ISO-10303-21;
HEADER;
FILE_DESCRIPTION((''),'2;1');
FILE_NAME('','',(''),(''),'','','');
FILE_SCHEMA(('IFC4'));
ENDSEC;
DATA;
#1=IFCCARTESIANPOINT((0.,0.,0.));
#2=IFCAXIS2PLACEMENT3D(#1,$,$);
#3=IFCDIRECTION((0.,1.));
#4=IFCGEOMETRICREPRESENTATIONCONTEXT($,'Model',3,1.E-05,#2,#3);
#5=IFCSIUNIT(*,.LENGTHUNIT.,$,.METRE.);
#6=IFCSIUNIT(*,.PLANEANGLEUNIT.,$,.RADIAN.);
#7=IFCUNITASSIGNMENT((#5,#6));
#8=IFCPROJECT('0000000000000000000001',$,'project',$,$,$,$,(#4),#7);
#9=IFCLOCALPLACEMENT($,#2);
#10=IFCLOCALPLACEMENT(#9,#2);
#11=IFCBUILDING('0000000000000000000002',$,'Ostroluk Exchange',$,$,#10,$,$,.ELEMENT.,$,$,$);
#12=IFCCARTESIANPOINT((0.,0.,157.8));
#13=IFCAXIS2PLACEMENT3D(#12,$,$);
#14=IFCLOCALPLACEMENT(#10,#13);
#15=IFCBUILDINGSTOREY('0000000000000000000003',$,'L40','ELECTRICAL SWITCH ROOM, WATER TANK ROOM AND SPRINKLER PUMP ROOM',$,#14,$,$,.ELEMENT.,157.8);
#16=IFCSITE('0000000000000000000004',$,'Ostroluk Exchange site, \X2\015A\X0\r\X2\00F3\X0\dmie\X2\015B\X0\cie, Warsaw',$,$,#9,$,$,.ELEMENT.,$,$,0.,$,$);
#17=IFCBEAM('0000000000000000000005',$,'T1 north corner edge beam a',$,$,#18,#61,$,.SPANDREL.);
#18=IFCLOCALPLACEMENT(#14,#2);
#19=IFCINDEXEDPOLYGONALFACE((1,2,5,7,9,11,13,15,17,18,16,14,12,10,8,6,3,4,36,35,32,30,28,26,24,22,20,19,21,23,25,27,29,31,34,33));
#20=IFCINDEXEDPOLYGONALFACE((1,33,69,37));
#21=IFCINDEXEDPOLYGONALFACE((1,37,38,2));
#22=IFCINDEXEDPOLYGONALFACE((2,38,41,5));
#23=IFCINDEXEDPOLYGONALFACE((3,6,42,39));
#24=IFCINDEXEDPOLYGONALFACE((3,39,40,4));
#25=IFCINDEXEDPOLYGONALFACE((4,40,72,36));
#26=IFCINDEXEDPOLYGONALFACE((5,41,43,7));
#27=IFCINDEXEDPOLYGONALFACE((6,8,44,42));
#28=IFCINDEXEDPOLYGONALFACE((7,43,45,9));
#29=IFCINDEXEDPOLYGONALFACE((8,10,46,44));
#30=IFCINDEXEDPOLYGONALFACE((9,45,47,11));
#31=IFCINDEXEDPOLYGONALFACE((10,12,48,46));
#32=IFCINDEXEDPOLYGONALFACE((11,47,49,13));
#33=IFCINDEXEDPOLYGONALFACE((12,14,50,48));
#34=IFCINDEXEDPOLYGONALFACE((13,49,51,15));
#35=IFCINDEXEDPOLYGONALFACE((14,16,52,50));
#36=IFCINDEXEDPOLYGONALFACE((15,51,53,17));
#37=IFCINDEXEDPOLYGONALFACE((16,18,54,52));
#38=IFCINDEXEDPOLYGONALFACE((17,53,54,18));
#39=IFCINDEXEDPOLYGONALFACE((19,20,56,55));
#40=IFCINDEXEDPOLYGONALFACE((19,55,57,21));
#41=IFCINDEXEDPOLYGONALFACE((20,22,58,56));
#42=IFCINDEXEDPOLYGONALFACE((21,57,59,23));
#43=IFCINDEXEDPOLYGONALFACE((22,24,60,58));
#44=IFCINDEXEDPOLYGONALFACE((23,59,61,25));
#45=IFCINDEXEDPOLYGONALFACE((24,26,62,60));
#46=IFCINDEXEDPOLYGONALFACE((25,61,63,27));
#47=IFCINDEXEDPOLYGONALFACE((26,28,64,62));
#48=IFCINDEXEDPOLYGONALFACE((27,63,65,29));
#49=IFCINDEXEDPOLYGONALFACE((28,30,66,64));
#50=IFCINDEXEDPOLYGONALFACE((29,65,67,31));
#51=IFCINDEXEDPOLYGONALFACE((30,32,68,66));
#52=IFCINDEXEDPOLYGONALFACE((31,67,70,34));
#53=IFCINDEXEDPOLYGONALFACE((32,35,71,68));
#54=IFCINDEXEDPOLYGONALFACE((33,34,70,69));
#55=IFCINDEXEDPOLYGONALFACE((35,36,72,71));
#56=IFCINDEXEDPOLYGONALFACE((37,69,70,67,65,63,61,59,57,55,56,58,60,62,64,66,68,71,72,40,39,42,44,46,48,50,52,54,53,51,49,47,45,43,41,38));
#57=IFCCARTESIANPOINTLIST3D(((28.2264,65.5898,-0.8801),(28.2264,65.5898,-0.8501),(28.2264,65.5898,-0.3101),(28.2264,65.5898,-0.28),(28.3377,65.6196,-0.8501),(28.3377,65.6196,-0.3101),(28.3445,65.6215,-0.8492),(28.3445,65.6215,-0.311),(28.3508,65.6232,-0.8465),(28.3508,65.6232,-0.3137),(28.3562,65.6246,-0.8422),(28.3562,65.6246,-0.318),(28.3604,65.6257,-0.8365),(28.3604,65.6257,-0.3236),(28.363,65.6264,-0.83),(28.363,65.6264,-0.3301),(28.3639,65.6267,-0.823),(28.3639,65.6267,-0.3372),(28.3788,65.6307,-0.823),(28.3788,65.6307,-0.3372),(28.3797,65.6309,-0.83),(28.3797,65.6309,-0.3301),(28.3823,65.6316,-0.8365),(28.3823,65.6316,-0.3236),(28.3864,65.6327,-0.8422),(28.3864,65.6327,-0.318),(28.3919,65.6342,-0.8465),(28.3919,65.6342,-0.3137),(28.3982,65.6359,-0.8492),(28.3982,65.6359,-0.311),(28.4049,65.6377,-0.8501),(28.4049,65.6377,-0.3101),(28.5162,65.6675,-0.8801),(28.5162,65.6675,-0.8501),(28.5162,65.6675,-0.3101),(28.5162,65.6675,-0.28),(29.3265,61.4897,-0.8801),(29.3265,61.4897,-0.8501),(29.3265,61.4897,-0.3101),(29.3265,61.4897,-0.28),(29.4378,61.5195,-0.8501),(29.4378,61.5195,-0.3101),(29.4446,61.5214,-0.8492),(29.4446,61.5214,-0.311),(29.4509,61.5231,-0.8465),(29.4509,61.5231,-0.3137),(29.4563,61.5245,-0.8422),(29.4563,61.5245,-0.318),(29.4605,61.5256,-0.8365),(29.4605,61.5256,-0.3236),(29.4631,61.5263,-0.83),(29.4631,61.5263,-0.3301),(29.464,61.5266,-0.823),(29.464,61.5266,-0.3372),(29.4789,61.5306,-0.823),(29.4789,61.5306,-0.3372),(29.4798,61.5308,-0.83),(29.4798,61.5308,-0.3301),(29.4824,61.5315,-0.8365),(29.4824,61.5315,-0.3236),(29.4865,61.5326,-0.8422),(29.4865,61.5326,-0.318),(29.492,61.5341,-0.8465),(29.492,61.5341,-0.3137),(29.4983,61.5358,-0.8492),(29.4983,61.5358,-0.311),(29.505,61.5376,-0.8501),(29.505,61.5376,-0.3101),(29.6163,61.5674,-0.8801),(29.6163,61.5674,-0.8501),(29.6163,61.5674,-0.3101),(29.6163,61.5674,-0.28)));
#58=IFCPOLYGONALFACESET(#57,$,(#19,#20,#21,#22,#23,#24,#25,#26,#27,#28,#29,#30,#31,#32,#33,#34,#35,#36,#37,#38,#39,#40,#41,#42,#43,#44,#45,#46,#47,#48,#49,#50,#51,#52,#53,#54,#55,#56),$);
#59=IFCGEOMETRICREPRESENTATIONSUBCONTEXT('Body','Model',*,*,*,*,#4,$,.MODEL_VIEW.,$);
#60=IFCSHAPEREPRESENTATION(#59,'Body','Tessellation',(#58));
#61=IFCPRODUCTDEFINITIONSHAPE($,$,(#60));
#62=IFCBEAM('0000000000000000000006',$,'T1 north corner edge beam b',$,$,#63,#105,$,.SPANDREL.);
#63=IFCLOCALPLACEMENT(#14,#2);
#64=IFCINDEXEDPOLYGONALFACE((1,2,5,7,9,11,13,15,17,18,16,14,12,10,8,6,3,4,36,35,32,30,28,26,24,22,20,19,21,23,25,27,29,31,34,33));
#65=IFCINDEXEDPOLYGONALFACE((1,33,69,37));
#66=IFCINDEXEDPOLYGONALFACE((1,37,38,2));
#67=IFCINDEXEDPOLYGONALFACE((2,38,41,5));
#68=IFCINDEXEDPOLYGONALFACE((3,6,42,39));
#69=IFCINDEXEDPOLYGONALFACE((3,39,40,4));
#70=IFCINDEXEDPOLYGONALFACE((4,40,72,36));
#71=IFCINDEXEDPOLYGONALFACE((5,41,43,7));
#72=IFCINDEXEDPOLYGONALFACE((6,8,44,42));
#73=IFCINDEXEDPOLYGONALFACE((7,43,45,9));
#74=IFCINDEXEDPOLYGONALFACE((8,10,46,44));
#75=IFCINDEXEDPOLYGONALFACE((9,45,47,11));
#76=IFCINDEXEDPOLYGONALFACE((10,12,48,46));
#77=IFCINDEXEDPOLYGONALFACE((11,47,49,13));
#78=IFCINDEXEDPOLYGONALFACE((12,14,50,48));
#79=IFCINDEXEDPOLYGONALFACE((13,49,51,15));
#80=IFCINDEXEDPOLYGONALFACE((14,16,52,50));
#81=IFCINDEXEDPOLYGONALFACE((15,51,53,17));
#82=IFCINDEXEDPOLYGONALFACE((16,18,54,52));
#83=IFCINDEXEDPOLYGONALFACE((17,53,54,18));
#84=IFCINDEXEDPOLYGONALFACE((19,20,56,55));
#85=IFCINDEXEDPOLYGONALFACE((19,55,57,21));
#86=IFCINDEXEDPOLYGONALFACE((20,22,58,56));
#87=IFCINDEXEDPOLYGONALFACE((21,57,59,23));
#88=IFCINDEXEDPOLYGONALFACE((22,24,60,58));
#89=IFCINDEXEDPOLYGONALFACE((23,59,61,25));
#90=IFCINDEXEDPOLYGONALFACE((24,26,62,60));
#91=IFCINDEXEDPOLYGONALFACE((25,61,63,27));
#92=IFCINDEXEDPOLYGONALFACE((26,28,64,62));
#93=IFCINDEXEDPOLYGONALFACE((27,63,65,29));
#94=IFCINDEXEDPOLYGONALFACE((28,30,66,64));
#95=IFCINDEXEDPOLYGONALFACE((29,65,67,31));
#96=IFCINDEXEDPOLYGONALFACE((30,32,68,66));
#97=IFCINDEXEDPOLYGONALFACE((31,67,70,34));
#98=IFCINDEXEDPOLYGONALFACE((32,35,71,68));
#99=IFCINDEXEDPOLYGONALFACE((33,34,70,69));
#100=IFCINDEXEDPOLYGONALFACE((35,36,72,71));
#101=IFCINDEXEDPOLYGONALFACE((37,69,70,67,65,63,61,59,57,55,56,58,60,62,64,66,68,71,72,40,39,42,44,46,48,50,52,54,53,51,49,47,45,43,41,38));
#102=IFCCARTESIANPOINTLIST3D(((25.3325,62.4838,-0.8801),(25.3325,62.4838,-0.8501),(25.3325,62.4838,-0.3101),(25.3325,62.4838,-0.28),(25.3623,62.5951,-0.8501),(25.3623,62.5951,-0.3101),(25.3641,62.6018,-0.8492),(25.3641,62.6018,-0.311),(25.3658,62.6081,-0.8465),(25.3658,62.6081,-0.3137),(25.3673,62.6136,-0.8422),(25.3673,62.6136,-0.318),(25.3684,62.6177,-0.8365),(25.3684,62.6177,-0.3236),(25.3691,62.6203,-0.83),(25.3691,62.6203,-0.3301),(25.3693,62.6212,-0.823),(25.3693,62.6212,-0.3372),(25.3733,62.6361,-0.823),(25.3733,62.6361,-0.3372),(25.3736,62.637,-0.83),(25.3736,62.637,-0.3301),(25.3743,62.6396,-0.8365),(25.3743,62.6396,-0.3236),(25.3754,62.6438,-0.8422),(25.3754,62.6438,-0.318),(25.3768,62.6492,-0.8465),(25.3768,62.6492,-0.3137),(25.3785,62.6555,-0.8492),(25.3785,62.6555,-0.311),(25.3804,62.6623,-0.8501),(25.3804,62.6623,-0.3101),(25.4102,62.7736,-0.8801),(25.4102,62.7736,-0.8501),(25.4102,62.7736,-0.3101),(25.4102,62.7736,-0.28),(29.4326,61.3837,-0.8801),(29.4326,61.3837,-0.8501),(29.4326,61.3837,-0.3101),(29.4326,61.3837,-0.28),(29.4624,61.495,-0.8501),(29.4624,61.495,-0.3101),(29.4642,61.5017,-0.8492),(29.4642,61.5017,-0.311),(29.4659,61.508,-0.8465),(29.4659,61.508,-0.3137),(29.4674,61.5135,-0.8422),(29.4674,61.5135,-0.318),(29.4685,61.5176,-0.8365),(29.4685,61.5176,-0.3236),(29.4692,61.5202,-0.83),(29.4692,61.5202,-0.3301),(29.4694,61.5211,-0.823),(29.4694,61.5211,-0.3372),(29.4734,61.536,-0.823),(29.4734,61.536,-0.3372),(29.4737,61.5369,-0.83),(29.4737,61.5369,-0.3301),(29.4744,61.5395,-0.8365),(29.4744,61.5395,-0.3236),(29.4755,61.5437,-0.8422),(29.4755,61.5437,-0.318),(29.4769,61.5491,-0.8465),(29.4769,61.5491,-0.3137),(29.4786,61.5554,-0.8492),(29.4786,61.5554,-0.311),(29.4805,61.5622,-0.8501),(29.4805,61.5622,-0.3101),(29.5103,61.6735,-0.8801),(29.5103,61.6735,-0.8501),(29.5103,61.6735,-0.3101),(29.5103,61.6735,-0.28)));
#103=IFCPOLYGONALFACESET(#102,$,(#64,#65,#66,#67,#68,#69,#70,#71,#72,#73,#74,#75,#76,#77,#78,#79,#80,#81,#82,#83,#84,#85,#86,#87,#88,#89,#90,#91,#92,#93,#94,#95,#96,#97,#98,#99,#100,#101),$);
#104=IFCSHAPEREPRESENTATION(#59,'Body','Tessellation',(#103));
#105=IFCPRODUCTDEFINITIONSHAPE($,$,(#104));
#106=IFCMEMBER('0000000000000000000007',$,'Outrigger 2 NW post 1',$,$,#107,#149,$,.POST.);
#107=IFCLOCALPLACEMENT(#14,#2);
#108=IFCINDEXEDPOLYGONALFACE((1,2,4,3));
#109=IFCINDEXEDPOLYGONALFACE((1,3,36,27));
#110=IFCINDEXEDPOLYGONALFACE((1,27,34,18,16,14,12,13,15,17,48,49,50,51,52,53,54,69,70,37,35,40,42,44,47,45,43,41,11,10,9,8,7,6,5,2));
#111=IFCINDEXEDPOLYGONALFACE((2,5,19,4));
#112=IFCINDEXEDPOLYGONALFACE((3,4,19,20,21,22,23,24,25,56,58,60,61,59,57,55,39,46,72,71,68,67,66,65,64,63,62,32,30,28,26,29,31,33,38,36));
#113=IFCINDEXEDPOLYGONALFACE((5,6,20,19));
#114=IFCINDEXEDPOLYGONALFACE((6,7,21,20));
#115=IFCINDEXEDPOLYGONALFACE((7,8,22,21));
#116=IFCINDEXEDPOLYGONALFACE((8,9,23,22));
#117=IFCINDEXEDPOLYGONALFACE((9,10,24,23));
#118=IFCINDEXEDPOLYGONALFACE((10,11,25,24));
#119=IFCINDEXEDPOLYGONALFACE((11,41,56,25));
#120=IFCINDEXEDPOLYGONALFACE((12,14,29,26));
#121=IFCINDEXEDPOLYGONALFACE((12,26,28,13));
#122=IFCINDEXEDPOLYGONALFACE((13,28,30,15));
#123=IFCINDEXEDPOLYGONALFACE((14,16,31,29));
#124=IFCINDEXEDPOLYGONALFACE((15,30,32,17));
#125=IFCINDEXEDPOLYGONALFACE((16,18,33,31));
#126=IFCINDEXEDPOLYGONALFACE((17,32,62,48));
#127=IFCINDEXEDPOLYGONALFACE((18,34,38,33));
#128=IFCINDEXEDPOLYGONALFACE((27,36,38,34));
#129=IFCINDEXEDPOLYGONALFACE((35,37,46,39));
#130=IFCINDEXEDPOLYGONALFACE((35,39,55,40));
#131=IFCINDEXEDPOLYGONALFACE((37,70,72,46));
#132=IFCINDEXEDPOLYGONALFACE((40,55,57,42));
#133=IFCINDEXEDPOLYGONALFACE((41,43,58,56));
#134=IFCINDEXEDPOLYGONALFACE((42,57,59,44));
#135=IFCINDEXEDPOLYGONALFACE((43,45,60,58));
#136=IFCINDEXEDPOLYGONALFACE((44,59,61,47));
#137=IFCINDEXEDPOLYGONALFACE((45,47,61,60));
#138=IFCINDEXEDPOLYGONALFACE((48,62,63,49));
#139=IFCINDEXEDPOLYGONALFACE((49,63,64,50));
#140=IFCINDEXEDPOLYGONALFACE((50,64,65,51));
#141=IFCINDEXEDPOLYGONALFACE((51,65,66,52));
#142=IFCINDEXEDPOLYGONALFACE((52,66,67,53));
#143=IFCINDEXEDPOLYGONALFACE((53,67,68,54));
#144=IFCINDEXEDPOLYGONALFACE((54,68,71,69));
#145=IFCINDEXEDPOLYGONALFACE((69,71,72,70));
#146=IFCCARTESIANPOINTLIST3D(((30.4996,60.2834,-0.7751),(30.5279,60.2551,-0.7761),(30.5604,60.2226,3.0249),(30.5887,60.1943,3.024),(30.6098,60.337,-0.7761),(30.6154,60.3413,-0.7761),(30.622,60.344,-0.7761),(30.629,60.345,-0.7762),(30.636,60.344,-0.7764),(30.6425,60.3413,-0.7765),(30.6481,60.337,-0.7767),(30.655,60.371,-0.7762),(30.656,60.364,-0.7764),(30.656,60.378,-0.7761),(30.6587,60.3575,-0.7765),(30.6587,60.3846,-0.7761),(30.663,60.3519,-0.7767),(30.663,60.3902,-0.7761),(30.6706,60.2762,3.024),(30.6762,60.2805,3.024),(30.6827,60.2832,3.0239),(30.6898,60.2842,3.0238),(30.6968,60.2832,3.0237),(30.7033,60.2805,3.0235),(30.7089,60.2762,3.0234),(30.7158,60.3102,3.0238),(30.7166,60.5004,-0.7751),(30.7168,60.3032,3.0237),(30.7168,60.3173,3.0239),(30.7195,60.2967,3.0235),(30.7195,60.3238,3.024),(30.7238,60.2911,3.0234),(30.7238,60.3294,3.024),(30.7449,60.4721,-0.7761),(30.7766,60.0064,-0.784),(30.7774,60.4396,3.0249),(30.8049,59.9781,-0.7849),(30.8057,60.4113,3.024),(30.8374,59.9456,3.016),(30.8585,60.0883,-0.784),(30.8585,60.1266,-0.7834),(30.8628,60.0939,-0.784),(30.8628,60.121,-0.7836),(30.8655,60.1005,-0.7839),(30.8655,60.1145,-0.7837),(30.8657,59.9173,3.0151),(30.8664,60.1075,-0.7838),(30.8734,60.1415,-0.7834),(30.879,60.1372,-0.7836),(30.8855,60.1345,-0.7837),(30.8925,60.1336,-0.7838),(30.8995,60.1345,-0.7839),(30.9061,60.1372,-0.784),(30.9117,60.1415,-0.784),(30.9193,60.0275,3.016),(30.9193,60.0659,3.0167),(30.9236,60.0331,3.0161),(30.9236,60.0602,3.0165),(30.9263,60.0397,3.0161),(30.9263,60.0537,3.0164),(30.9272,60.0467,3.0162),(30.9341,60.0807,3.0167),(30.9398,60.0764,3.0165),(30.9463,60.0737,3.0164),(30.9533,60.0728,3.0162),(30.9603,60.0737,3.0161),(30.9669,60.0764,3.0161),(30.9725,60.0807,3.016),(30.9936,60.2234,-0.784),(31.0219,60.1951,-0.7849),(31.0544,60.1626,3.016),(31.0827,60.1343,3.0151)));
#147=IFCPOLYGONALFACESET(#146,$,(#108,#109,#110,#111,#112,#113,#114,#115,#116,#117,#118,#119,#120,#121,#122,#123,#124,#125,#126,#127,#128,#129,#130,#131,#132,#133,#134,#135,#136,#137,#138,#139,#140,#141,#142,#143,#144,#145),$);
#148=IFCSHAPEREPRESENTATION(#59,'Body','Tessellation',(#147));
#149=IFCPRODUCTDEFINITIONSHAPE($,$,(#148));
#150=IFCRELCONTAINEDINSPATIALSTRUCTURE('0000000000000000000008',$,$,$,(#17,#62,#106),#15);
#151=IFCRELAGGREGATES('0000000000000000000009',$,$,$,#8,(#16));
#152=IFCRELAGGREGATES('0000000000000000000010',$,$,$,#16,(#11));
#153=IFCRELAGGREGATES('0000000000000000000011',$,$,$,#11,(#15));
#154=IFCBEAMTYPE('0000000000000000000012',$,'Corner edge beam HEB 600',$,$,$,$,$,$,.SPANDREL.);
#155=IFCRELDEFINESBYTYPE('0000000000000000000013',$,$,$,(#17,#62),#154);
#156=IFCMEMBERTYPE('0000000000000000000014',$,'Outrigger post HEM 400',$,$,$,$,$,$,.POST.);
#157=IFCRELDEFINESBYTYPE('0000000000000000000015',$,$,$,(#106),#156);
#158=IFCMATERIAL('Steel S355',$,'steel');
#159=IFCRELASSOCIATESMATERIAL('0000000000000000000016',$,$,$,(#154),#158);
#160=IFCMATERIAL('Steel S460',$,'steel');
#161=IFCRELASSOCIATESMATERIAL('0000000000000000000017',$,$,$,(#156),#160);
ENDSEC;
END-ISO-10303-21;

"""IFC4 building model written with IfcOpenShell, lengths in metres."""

from ifc_helpers import new_model, si_unit, direction, frame, origin, origin_2d, place, context, subcontext, project, spatial, i_section, extrude, material, material_profile, profile_set, type_object, element, save


model = new_model("IFC4")

# Units and contexts
model_context = context("Model", 3, precision=1e-05, world=origin(), true_north=direction((0.0, 1.0)))
body_context = subcontext(model_context, "Body", "Model", "MODEL_VIEW")
ifc_project = project(units=[si_unit("LENGTHUNIT", "METRE"), si_unit("PLANEANGLEUNIT", "RADIAN")], contexts=[model_context])

# Site, building, storey
site_placement = place(None, origin())
site = spatial("IfcSite", under=ifc_project, at=site_placement, Name="Ostroluk Exchange site, Śródmieście, Warsaw", CompositionType="ELEMENT", RefElevation=0.0)
building_placement = place(site_placement, origin())
building = spatial("IfcBuilding", under=site, at=building_placement, Name="Ostroluk Exchange", CompositionType="ELEMENT")
storey_placement = place(building_placement, frame((0.0, 0.0, 157.8)))
storey = spatial("IfcBuildingStorey", under=building, at=storey_placement, Name="L40", Description="ELECTRICAL SWITCH ROOM, WATER TANK ROOM AND SPRINKLER PUMP ROOM", CompositionType="ELEMENT", Elevation=157.8)

# Beams
ifc_material_1 = material(Name="Steel S355", Category="steel")
ifc_material_profile_1 = material_profile(ifc_material_1, i_section(OverallWidth=0.3, OverallDepth=0.6001, WebThickness=0.0154, FlangeThickness=0.03, FilletRadius=0.0271, at=origin_2d()), Name="HEB 600")
ifc_profile_set_1 = profile_set([ifc_material_profile_1], Name="Steel S355")
beam_type_1 = type_object("IfcBeamType", Name="Corner edge beam HEB 600", PredefinedType="SPANDREL", material=ifc_profile_set_1)
for number, where, z_axis, x_axis, name in (
    (1, (29.4714, 61.5286, -0.5801), (-0.259144, 0.965839, 0.0), (-0.965839, -0.259144, 0.0), "T1 north corner edge beam a"),
    (2, (29.4714, 61.5286, -0.5801), (-0.965839, 0.259144, 0.0), (-0.259144, -0.965839, 0.0), "T1 north corner edge beam b"),
):
    element("IfcBeam", number, at=place(storey_placement, frame(where, z_axis=z_axis, x_axis=x_axis)), inside=storey, type_object=beam_type_1, Name=name, PredefinedType="SPANDREL", context=body_context, shape_type="SweptSolid", body=[
        extrude(i_section(OverallWidth=0.3, OverallDepth=0.6001, WebThickness=0.0154, FlangeThickness=0.03, FilletRadius=0.0271, at=origin_2d()), origin(), (0.0, 0.0, 1.0), 4.2451),
    ])

# Member
ifc_material_2 = material(Name="Steel S460", Category="steel")
ifc_material_profile_2 = material_profile(ifc_material_2, i_section(OverallWidth=0.3069, OverallDepth=0.4319, WebThickness=0.021, FlangeThickness=0.04, FilletRadius=0.0271, at=origin_2d()), Name="HEM 400")
ifc_profile_set_2 = profile_set([ifc_material_profile_2], Name="Steel S460")
member_type_1 = type_object("IfcMemberType", Name="Outrigger post HEM 400", PredefinedType="POST", material=ifc_profile_set_2)
member_1_placement = place(storey_placement, frame((30.7607, 60.2393, -0.78), z_axis=(0.015993, -0.015993, 0.999744), x_axis=(0.707107, 0.707107, 0.0)))
element("IfcMember", 3, at=member_1_placement, inside=storey, type_object=member_type_1, Name="Outrigger 2 NW post 1", PredefinedType="POST", context=body_context, shape_type="SweptSolid", body=[
    extrude(i_section(OverallWidth=0.3069, OverallDepth=0.4319, WebThickness=0.021, FlangeThickness=0.04, FilletRadius=0.0271, at=origin_2d()), origin(), (0.0, 0.0, 1.0), 3.801),
])

save(model, "model.ifc")
